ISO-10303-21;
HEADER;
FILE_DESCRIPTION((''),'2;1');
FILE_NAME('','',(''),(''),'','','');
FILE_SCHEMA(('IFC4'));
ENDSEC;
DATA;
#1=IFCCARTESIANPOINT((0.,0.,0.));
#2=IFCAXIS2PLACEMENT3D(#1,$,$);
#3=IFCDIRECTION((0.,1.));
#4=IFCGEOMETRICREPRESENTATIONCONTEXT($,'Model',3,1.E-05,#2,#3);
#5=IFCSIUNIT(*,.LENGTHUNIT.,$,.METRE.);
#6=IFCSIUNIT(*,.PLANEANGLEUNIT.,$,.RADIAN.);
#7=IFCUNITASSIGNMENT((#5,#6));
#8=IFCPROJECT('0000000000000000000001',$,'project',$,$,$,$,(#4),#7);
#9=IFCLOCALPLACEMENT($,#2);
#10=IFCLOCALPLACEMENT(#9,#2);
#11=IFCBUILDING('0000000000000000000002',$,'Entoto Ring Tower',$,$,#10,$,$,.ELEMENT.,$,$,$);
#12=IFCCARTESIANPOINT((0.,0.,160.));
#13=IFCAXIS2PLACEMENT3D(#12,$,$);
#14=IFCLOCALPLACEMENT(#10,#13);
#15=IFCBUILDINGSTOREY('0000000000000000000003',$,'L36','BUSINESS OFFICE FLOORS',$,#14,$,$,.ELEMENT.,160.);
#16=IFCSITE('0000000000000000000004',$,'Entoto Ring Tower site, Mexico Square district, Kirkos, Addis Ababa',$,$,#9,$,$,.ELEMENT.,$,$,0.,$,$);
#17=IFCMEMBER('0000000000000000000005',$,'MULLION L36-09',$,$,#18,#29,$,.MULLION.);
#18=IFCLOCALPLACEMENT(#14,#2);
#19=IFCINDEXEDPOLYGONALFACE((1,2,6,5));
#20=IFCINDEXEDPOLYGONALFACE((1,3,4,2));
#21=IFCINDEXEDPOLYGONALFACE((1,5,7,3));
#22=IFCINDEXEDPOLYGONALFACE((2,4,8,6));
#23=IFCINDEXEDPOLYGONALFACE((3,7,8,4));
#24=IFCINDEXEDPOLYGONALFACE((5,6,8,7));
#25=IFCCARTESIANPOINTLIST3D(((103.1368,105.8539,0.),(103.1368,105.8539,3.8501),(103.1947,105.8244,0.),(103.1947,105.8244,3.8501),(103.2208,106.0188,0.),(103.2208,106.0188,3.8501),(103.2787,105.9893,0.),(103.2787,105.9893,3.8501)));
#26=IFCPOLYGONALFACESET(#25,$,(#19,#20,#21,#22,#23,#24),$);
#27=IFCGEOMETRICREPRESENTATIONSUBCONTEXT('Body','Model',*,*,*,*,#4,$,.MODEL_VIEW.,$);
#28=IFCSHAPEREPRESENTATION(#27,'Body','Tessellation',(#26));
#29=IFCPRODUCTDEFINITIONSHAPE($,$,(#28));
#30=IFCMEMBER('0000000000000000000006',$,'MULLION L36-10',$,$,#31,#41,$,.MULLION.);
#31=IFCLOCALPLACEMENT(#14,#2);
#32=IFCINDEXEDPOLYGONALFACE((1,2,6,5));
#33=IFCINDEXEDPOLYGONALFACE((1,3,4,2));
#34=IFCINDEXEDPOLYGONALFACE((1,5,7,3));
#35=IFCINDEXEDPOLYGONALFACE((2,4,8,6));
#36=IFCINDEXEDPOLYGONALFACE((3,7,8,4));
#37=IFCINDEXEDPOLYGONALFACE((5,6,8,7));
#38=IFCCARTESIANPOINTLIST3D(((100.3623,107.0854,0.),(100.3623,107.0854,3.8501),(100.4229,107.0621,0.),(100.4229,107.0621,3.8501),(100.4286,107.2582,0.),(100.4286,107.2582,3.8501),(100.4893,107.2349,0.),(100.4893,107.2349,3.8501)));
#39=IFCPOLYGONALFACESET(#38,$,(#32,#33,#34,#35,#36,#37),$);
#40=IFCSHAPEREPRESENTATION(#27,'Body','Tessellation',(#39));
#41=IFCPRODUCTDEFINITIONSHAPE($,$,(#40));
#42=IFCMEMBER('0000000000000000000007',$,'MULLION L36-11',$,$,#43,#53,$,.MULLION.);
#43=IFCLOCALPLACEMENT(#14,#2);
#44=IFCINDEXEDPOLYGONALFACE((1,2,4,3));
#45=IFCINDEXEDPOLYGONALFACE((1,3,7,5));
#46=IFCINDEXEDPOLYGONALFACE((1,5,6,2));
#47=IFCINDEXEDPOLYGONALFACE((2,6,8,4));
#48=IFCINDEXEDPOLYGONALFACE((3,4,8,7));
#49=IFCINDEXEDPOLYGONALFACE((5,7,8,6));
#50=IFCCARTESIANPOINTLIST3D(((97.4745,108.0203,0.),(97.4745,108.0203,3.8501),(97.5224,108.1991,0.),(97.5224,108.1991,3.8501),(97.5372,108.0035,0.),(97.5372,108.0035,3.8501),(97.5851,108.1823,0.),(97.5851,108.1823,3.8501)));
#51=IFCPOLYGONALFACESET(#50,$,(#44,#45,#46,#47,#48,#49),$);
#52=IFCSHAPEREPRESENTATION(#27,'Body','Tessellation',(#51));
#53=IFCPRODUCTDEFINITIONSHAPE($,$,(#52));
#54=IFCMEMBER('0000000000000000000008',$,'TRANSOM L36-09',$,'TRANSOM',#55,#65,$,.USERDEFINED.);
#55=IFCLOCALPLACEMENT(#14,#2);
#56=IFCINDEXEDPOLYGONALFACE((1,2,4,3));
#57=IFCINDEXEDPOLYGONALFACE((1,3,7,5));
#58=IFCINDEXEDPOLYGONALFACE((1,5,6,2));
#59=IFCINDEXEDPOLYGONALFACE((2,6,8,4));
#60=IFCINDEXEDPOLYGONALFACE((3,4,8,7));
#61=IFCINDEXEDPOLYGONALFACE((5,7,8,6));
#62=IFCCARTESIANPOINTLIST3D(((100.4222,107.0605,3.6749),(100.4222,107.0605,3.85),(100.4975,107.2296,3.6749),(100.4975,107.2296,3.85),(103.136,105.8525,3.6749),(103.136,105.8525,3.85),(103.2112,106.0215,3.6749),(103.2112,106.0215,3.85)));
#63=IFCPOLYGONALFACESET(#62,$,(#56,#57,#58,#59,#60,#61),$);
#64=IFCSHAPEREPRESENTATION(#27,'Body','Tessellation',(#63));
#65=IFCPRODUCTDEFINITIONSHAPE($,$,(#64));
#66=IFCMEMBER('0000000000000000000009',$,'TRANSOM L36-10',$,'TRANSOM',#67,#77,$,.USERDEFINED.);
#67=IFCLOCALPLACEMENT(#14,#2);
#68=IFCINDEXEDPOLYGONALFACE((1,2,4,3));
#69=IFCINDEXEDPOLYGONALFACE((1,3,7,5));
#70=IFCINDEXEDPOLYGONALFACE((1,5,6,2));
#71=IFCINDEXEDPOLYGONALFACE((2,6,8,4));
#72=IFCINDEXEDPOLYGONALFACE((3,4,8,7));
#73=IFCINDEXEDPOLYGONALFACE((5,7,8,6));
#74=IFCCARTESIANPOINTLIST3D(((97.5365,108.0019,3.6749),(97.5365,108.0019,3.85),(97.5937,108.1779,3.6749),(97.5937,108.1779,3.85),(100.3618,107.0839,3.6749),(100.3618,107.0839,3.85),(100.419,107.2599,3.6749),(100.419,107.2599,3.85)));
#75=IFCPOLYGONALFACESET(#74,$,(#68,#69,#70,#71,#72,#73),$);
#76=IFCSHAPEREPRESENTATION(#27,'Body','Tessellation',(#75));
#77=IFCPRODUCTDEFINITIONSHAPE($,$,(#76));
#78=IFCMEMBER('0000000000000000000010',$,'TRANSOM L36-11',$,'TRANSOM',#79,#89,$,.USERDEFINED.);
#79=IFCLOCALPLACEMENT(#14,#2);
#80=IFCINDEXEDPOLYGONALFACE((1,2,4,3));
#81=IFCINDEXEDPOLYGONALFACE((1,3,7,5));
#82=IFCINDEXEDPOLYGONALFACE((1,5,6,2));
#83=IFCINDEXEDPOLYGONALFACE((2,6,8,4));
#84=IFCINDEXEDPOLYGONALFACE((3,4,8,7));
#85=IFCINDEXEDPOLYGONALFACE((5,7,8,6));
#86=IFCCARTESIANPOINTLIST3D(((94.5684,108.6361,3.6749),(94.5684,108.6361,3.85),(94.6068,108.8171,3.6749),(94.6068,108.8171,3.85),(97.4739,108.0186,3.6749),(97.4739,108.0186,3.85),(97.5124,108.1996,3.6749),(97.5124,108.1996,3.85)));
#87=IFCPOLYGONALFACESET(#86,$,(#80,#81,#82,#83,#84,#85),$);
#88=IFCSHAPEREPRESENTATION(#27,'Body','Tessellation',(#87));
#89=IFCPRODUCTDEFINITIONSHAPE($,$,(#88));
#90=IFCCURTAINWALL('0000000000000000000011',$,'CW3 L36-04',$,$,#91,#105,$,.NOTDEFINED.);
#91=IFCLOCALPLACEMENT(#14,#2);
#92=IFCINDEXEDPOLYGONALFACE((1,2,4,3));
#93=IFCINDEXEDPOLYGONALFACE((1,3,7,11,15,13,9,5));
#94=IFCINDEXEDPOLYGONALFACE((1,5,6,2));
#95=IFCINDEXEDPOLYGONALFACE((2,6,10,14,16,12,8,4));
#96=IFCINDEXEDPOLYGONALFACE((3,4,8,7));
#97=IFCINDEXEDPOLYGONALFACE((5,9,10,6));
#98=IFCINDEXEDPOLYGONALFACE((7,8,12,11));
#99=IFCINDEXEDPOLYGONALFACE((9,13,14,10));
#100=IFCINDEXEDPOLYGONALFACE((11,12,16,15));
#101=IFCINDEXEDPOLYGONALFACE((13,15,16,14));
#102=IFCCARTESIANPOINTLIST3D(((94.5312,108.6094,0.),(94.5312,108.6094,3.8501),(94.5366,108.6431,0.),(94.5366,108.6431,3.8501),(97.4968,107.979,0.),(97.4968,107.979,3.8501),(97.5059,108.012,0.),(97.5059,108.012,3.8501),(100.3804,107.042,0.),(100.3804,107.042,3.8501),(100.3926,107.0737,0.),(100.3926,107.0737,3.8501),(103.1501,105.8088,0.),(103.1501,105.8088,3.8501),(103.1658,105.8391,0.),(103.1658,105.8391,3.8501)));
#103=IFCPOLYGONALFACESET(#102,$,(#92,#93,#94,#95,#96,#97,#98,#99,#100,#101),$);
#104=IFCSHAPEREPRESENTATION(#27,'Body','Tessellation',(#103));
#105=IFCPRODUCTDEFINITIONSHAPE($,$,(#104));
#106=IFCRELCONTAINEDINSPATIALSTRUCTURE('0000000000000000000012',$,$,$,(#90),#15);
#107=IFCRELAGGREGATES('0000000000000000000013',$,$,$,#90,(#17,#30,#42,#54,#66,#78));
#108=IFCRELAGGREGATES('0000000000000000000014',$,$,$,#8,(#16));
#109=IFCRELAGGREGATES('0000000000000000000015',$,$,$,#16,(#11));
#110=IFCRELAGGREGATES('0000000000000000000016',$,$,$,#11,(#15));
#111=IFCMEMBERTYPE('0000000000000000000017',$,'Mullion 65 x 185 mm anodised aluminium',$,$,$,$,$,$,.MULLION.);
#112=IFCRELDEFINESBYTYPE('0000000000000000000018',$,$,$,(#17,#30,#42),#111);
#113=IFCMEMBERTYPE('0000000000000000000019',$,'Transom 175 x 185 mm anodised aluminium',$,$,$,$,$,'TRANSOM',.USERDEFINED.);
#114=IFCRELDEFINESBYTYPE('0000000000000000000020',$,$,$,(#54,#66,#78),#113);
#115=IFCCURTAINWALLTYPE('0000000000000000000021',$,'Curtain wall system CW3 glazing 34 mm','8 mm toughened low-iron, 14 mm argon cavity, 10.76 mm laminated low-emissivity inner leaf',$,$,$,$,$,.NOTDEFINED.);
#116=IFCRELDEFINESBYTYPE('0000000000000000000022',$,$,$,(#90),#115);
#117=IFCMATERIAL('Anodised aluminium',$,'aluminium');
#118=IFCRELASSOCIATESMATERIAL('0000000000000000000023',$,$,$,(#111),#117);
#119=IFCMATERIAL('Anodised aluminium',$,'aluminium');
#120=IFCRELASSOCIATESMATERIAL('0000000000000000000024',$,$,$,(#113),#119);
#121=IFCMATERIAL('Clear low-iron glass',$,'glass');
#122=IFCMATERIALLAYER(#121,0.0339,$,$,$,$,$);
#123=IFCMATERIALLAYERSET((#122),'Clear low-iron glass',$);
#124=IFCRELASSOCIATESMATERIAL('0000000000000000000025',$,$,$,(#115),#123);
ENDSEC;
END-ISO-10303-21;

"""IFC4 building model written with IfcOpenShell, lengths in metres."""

from ifc_helpers import new_model, si_unit, direction, frame, origin, origin_2d, place, context, subcontext, project, spatial, polyline, rectangle, outline, extrude, material, layer, layer_set, material_profile, profile_set, type_object, element, aggregate, save


model = new_model("IFC4")

# Units and contexts
model_context = context("Model", 3, precision=1e-05, world=origin(), true_north=direction((0.0, 1.0)))
body_context = subcontext(model_context, "Body", "Model", "MODEL_VIEW")
ifc_project = project(units=[si_unit("LENGTHUNIT", "METRE"), si_unit("PLANEANGLEUNIT", "RADIAN")], contexts=[model_context])

# Members
ifc_material_1 = material(Name="Anodised aluminium", Category="aluminium")
ifc_material_profile_1 = material_profile(ifc_material_1, rectangle(XDim=0.0649, YDim=0.1851, at=origin_2d()), Name="Mullion 65 x 185 mm anodised aluminium")
ifc_profile_set_1 = profile_set([ifc_material_profile_1], Name="Anodised aluminium")
member_type_1 = type_object("IfcMemberType", Name="Mullion 65 x 185 mm anodised aluminium", PredefinedType="MULLION", material=ifc_profile_set_1)
site_placement = place(None, origin())
building_placement = place(site_placement, origin())
storey_placement = place(building_placement, frame((0.0, 0.0, 160.0)))
member_1_placement = place(storey_placement, frame((103.2078, 105.9216, 0.0), z_axis=(0.0, 0.0, 1.0), x_axis=(-0.891007, 0.45399, 0.0)))
member_1 = element("IfcMember", 1, at=member_1_placement, type_object=member_type_1, Name="MULLION L36-09", PredefinedType="MULLION", context=body_context, shape_type="SweptSolid", body=[
    extrude(rectangle(XDim=0.0649, YDim=0.1851, at=origin_2d()), origin(), (0.0, 0.0, 1.0), 3.8501),
])
member_2_placement = place(storey_placement, frame((100.4258, 107.1602, 0.0), z_axis=(0.0, 0.0, 1.0), x_axis=(-0.93358, 0.358368, 0.0)))
member_2 = element("IfcMember", 2, at=member_2_placement, type_object=member_type_1, Name="MULLION L36-10", PredefinedType="MULLION", context=body_context, shape_type="SweptSolid", body=[
    extrude(rectangle(XDim=0.0649, YDim=0.1851, at=origin_2d()), origin(), (0.0, 0.0, 1.0), 3.8501),
])
member_3_placement = place(storey_placement, frame((97.5298, 108.1013, 0.0), z_axis=(0.0, 0.0, 1.0), x_axis=(-0.965926, 0.258819, 0.0)))
member_3 = element("IfcMember", 3, at=member_3_placement, type_object=member_type_1, Name="MULLION L36-11", PredefinedType="MULLION", context=body_context, shape_type="SweptSolid", body=[
    extrude(rectangle(XDim=0.0649, YDim=0.1851, at=origin_2d()), origin(), (0.0, 0.0, 1.0), 3.8501),
])
ifc_material_2 = material(Name="Anodised aluminium", Category="aluminium")
ifc_material_profile_2 = material_profile(ifc_material_2, rectangle(XDim=0.1851, YDim=0.175, at=origin_2d()), Name="Transom 175 x 185 mm anodised aluminium")
ifc_profile_set_2 = profile_set([ifc_material_profile_2], Name="Anodised aluminium")
member_type_2 = type_object("IfcMemberType", Name="Transom 175 x 185 mm anodised aluminium", ElementType="TRANSOM", PredefinedType="USERDEFINED", material=ifc_profile_set_2)
member_4_placement = place(storey_placement, frame((103.1736, 105.937, 3.7625), z_axis=(-0.913567, 0.406687, 0.0), x_axis=(-0.406687, -0.913567, 0.0)))
member_4 = element("IfcMember", 4, at=member_4_placement, type_object=member_type_2, Name="TRANSOM L36-09", ObjectType="TRANSOM", PredefinedType="USERDEFINED", context=body_context, shape_type="SweptSolid", body=[
    extrude(rectangle(XDim=0.1851, YDim=0.175, at=origin_2d()), origin(), (0.0, 0.0, 1.0), 2.9705),
])
member_5_placement = place(storey_placement, frame((100.3904, 107.1719, 3.7625), z_axis=(-0.951056, 0.309019, 0.0), x_axis=(-0.309019, -0.951056, 0.0)))
member_5 = element("IfcMember", 5, at=member_5_placement, type_object=member_type_2, Name="TRANSOM L36-10", ObjectType="TRANSOM", PredefinedType="USERDEFINED", context=body_context, shape_type="SweptSolid", body=[
    extrude(rectangle(XDim=0.1851, YDim=0.175, at=origin_2d()), origin(), (0.0, 0.0, 1.0), 2.9707),
])
member_6_placement = place(storey_placement, frame((97.4932, 108.1091, 3.7625), z_axis=(-0.978158, 0.207862, 0.0), x_axis=(-0.207862, -0.978158, 0.0)))
member_6 = element("IfcMember", 6, at=member_6_placement, type_object=member_type_2, Name="TRANSOM L36-11", ObjectType="TRANSOM", PredefinedType="USERDEFINED", context=body_context, shape_type="SweptSolid", body=[
    extrude(rectangle(XDim=0.1851, YDim=0.175, at=origin_2d()), origin(), (0.0, 0.0, 1.0), 2.9705),
])

# Site, building, storey
site = spatial("IfcSite", under=ifc_project, at=site_placement, Name="Entoto Ring Tower site, Mexico Square district, Kirkos, Addis Ababa", CompositionType="ELEMENT", RefElevation=0.0)
building = spatial("IfcBuilding", under=site, at=building_placement, Name="Entoto Ring Tower", CompositionType="ELEMENT")
storey = spatial("IfcBuildingStorey", under=building, at=storey_placement, Name="L36", Description="BUSINESS OFFICE FLOORS", CompositionType="ELEMENT", Elevation=160.0)

# Curtain wall
ifc_material_3 = material(Name="Clear low-iron glass", Category="glass")
ifc_layer = layer(ifc_material_3, 0.0339)
ifc_layer_set = layer_set([ifc_layer], Name="Clear low-iron glass")
curtain_wall_type = type_object("IfcCurtainWallType", Name="Curtain wall system CW3 glazing 34 mm", Description="8 mm toughened low-iron, 14 mm argon cavity, 10.76 mm laminated low-emissivity inner leaf", PredefinedType="NOTDEFINED", material=ifc_layer_set)
curtain_wall_1_placement = place(storey_placement, origin())
curtain_wall_1 = element("IfcCurtainWall", 7, at=curtain_wall_1_placement, inside=storey, type_object=curtain_wall_type, Name="CW3 L36-04", PredefinedType="NOTDEFINED", context=body_context, shape_type="SweptSolid", body=[
    extrude(outline(polyline([(103.1658, 105.8391), (100.3926, 107.0737), (97.5059, 108.012), (94.5366, 108.6431), (94.5312, 108.6094), (97.4968, 107.979), (100.3804, 107.042), (103.1501, 105.8088), (103.1658, 105.8391)])), origin(), (0.0, 0.0, 1.0), 3.8501),
])
aggregate(curtain_wall_1, [member_1, member_2, member_3, member_4, member_5, member_6])

save(model, "model.ifc")
